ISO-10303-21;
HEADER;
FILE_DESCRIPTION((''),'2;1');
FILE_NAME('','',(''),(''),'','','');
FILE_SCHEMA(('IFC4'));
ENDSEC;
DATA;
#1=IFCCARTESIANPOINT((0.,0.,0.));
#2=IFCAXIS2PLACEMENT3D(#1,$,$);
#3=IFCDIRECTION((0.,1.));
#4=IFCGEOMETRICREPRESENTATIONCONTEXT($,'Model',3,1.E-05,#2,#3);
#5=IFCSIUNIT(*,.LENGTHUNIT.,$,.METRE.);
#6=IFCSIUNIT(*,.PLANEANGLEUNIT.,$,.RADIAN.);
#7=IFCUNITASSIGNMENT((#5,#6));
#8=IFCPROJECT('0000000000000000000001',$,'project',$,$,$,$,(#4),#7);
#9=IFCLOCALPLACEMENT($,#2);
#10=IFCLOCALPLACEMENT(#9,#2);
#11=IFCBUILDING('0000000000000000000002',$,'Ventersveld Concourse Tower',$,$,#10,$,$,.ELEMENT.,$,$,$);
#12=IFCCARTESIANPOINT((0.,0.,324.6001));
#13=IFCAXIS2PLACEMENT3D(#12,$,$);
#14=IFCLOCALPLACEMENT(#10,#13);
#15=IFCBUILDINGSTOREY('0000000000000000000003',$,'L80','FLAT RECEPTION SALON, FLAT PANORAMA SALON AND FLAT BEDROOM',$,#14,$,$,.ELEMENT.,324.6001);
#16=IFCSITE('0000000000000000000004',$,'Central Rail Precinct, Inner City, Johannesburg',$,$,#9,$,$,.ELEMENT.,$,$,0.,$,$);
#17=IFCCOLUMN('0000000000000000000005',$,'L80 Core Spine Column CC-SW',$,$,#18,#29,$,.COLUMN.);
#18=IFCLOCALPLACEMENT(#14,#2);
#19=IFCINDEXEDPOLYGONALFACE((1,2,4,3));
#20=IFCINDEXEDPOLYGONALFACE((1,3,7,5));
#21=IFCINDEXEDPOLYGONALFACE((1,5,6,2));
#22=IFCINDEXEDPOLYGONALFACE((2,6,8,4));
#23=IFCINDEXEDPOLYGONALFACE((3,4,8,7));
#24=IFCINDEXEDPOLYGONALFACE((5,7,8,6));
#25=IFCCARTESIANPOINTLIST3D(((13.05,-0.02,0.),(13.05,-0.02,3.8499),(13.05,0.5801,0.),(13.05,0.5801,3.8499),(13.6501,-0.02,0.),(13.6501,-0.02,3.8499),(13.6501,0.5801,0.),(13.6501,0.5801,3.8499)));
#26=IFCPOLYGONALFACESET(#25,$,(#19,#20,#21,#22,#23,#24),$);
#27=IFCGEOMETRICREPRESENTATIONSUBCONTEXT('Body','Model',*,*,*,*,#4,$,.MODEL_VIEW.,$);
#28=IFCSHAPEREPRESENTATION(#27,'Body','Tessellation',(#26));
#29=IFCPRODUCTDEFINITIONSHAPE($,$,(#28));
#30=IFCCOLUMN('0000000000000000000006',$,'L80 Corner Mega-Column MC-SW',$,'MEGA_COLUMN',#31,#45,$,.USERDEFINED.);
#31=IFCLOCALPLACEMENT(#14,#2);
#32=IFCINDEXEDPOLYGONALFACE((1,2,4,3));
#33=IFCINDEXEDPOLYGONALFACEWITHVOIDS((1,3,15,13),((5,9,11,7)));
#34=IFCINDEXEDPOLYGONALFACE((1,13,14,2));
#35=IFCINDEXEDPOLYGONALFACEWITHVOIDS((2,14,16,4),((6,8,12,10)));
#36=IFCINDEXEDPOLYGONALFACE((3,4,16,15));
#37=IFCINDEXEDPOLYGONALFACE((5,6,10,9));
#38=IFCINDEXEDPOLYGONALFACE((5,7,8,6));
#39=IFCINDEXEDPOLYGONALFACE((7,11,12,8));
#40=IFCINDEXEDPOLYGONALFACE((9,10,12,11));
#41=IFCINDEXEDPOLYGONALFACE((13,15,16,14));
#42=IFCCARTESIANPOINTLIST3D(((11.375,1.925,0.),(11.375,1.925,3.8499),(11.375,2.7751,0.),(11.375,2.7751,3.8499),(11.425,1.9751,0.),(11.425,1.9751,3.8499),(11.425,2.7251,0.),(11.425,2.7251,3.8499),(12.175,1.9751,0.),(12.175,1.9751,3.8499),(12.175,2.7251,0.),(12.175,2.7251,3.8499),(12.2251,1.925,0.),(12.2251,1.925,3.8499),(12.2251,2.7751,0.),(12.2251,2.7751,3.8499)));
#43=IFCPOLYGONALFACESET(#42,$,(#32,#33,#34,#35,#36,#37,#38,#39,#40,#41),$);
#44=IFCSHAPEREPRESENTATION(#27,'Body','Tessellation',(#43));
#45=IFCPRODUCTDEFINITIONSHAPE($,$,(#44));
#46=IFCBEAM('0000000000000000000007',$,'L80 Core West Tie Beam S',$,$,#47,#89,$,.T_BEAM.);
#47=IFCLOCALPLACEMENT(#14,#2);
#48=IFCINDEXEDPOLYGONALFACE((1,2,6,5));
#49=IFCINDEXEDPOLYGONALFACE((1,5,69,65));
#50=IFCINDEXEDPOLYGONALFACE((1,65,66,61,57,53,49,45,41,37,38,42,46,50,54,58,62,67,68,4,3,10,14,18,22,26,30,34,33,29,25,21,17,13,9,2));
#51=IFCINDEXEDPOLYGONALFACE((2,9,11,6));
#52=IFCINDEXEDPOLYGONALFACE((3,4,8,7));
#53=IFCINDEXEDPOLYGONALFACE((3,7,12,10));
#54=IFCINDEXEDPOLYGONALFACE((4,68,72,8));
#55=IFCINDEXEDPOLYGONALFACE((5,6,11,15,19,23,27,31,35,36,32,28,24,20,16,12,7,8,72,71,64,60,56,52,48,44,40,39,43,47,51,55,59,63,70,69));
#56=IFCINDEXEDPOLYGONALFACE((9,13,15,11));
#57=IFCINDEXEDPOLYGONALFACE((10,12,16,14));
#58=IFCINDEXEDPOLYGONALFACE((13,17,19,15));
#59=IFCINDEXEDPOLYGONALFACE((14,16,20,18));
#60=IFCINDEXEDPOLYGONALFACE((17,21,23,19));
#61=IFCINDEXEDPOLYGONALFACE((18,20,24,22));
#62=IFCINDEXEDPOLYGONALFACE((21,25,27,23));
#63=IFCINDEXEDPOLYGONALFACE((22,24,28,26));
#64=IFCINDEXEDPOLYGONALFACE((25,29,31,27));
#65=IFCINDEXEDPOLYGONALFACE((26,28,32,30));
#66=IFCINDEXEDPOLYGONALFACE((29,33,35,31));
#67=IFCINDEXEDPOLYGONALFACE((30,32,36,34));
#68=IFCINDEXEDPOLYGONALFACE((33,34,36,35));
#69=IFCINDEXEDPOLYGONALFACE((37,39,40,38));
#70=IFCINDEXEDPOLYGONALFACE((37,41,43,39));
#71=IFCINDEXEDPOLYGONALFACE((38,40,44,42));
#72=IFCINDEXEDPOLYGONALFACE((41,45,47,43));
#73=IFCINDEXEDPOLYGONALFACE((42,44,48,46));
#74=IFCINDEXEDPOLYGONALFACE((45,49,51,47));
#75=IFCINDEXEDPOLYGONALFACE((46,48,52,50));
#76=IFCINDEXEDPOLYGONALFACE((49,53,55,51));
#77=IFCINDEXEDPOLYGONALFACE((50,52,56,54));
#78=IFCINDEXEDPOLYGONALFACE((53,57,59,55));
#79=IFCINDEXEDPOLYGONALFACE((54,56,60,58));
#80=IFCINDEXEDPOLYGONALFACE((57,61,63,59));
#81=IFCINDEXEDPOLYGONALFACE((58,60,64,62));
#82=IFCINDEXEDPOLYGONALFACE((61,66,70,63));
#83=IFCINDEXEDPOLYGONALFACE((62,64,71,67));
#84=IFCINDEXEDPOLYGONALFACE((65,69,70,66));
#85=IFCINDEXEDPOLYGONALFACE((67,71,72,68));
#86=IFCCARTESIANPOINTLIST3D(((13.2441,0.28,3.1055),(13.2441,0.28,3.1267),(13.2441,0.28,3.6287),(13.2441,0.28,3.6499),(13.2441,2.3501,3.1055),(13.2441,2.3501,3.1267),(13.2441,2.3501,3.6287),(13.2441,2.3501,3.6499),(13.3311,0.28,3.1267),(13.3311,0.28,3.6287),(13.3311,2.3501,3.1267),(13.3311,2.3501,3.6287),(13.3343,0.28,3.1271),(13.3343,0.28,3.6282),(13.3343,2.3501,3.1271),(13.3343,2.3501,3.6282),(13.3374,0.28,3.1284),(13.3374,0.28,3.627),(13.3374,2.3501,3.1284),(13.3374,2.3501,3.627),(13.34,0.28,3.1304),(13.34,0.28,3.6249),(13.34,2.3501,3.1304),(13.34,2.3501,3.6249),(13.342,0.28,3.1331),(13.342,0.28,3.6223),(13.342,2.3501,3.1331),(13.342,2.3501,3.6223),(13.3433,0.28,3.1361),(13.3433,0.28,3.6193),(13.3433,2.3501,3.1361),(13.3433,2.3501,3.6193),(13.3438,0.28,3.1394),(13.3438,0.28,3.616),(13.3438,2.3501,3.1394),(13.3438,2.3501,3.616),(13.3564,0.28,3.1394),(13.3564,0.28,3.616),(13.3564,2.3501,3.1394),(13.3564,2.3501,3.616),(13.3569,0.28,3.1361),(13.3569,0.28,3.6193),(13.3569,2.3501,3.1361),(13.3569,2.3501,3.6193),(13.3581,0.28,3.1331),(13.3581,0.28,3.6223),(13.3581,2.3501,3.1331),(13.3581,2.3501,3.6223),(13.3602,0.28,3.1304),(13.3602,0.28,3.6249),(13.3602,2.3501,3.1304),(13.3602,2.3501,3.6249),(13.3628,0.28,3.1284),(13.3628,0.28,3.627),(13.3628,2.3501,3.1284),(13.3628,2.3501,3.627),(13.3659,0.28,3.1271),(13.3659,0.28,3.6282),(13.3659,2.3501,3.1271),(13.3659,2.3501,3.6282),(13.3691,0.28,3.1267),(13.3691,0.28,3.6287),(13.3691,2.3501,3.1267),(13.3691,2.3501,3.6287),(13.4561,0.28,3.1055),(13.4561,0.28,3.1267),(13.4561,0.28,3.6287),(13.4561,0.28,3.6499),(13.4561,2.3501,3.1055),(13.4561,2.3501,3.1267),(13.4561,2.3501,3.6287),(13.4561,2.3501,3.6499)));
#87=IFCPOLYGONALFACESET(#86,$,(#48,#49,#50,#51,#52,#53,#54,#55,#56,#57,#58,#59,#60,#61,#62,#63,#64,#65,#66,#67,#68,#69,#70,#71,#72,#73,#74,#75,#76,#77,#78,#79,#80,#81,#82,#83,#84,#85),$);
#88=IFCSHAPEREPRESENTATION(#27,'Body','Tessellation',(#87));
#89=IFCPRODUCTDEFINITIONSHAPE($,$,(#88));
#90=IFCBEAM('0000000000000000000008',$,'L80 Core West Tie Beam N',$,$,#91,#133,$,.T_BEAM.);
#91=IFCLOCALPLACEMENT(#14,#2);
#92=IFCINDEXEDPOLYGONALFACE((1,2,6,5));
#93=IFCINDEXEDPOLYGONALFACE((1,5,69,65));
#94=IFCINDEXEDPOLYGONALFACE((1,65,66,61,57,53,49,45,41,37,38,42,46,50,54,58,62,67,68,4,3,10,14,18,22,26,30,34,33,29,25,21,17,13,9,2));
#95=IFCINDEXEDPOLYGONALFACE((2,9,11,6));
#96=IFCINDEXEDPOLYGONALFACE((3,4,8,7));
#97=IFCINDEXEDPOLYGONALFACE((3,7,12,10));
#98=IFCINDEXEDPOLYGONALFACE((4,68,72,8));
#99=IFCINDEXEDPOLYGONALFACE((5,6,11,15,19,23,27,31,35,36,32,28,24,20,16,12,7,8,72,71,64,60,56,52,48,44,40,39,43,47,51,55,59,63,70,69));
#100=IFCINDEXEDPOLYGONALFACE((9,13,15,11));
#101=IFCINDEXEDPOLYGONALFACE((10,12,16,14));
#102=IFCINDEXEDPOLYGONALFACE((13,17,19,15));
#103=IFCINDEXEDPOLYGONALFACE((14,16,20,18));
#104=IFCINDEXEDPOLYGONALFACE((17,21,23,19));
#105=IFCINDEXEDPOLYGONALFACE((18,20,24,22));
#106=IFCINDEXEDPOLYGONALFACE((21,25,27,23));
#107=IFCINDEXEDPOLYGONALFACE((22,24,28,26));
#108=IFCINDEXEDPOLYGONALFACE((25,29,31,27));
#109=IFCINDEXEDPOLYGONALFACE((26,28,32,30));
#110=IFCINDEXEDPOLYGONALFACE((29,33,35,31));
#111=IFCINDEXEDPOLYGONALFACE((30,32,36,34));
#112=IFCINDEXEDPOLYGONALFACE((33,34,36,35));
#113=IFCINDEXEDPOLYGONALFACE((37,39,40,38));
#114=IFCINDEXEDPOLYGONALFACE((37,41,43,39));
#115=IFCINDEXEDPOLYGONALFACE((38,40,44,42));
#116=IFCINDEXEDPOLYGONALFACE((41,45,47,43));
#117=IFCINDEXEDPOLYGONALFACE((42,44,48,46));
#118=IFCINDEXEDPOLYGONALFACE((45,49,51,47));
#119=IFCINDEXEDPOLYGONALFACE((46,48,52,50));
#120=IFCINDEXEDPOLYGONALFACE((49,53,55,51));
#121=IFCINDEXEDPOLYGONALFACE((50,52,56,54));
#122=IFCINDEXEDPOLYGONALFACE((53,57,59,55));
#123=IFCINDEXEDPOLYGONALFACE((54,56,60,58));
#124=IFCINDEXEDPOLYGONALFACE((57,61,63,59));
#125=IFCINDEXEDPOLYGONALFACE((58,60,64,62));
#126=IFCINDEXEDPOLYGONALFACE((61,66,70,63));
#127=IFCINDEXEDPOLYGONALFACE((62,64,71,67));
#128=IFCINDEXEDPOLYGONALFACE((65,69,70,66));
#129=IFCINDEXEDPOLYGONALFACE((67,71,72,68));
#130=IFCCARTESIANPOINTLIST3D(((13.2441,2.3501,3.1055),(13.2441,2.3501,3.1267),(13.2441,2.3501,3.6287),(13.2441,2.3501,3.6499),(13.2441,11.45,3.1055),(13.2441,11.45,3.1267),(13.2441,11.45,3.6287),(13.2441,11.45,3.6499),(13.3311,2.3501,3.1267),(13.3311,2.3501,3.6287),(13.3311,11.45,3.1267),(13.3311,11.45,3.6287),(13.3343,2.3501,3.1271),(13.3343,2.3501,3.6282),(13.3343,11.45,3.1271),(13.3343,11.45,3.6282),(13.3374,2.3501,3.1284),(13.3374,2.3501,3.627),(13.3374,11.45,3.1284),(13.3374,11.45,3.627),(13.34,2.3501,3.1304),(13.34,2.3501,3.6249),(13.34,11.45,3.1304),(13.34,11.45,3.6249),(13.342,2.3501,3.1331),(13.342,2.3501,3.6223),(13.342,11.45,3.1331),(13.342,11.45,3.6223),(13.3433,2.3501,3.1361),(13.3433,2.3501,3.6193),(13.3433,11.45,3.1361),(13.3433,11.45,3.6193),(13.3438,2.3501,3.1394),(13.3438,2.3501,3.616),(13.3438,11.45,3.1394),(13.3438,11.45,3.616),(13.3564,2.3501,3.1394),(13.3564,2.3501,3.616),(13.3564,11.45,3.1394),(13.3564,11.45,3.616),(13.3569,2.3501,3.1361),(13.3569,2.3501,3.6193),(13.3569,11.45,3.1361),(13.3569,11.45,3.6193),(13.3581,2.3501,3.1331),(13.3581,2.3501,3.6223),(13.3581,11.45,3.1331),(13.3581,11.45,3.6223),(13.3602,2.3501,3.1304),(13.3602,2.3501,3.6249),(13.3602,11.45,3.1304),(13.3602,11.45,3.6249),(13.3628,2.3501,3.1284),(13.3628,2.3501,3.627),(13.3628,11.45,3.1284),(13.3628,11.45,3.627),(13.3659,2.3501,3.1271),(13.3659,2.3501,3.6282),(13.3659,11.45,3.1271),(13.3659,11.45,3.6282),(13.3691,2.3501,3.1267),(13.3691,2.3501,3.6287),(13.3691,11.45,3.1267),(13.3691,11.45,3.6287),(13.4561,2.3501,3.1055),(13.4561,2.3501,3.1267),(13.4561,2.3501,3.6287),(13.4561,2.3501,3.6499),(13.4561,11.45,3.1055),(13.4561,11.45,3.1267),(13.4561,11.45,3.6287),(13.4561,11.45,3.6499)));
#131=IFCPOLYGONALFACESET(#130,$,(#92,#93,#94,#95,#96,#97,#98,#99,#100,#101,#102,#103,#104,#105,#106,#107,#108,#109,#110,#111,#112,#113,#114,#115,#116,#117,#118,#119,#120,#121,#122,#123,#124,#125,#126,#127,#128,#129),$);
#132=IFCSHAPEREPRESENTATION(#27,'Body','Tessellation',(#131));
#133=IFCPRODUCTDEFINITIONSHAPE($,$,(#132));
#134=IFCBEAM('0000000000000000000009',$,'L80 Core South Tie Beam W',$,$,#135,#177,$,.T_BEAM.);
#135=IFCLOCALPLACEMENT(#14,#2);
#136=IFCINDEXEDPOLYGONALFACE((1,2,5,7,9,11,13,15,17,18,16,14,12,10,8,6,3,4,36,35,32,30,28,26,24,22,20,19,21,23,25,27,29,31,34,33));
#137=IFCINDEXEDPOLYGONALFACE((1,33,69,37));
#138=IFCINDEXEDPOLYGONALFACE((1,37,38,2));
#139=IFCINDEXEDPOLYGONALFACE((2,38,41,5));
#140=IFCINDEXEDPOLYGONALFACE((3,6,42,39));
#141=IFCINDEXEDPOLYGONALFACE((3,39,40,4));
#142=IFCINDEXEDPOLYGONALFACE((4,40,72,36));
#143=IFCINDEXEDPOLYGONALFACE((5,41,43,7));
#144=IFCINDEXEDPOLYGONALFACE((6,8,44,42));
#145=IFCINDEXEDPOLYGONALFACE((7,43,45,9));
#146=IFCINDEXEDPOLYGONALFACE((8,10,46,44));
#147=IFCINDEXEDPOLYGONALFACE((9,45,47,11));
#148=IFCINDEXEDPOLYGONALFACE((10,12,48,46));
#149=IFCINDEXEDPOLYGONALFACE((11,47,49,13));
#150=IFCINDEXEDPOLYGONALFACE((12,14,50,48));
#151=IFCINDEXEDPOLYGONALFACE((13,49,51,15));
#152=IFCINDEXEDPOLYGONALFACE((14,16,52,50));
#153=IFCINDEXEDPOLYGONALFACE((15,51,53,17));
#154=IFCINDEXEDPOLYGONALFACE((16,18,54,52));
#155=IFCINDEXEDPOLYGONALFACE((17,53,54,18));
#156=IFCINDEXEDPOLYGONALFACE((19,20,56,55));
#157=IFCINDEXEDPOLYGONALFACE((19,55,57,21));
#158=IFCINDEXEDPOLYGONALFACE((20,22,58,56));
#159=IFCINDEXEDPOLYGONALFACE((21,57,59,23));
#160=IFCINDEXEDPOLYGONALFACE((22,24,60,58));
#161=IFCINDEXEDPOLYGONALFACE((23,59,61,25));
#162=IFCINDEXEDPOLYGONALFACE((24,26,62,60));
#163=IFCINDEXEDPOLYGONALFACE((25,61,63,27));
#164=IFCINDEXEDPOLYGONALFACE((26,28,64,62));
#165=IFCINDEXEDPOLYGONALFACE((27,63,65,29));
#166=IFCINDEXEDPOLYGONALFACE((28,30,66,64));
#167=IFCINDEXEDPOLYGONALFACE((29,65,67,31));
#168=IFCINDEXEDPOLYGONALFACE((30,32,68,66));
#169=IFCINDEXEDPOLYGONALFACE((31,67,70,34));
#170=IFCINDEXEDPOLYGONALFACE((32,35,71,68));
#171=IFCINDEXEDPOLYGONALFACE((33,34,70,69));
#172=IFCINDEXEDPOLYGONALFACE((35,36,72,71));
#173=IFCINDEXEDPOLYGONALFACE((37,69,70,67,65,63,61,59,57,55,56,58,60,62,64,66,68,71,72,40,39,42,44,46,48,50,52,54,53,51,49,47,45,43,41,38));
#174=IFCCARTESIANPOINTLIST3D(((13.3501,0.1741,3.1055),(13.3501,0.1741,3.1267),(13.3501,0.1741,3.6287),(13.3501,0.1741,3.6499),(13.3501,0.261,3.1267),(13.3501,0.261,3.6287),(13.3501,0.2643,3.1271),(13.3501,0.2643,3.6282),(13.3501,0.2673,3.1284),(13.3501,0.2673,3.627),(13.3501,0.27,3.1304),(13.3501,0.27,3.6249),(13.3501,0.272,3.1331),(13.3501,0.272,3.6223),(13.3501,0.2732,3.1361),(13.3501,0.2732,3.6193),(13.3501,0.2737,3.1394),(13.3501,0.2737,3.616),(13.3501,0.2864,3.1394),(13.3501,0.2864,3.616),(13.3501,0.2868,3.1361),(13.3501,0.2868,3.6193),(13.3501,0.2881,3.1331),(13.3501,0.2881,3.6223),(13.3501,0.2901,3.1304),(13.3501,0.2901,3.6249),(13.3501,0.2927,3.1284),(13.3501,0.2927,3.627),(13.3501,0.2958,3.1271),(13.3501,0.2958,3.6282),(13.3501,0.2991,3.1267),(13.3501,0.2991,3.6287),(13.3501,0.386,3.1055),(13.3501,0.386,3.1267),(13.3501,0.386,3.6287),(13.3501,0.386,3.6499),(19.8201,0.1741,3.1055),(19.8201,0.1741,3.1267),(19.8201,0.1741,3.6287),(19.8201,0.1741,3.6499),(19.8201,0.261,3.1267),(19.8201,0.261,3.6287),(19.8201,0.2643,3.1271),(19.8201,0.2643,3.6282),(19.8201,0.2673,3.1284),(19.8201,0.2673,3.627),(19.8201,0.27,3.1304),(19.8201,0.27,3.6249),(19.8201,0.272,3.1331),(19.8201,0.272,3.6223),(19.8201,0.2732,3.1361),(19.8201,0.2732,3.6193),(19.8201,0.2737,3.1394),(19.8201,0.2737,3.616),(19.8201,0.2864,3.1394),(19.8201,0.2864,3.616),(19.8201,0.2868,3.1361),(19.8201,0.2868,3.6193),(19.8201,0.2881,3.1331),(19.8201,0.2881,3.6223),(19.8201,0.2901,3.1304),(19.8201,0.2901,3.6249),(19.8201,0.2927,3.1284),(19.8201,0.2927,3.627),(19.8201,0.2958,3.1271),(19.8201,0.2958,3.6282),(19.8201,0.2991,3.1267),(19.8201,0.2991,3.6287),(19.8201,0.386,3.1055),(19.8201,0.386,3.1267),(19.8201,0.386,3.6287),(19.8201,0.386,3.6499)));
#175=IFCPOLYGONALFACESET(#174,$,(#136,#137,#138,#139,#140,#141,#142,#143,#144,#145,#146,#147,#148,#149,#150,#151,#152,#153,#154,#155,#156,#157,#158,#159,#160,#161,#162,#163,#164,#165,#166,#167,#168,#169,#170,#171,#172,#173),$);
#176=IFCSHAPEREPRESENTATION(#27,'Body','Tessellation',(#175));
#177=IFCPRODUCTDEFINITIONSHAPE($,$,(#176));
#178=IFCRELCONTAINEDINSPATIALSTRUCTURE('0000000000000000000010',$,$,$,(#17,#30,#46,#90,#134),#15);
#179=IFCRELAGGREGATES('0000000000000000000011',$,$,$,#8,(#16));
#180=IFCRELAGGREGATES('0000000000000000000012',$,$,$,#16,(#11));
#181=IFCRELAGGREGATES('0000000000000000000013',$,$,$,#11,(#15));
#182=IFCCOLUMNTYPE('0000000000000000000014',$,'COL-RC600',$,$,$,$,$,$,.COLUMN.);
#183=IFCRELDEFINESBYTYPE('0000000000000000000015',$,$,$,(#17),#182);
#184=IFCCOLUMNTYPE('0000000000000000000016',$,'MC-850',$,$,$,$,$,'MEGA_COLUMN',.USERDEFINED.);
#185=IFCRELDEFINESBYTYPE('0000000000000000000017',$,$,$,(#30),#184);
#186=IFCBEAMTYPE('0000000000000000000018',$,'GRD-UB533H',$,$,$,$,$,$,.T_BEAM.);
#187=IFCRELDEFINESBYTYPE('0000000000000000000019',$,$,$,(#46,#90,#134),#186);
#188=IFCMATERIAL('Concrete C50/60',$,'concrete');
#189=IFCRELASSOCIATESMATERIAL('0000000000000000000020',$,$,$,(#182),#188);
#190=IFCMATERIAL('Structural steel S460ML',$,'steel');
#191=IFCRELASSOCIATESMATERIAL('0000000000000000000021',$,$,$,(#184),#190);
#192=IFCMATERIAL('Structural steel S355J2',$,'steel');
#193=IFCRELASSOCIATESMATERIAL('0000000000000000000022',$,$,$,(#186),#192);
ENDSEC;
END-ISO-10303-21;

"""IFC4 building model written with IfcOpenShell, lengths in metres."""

from ifc_helpers import new_model, si_unit, direction, frame, origin, origin_2d, place, context, subcontext, project, spatial, rectangle, hollow_rectangle, i_section, extrude, material, material_profile, profile_set, type_object, element, save


model = new_model("IFC4")

# Units and contexts
model_context = context("Model", 3, precision=1e-05, world=origin(), true_north=direction((0.0, 1.0)))
body_context = subcontext(model_context, "Body", "Model", "MODEL_VIEW")
ifc_project = project(units=[si_unit("LENGTHUNIT", "METRE"), si_unit("PLANEANGLEUNIT", "RADIAN")], contexts=[model_context])

# Site, building, storey
site_placement = place(None, origin())
site = spatial("IfcSite", under=ifc_project, at=site_placement, Name="Central Rail Precinct, Inner City, Johannesburg", CompositionType="ELEMENT", RefElevation=0.0)
building_placement = place(site_placement, origin())
building = spatial("IfcBuilding", under=site, at=building_placement, Name="Ventersveld Concourse Tower", CompositionType="ELEMENT")
storey_placement = place(building_placement, frame((0.0, 0.0, 324.6001)))
storey = spatial("IfcBuildingStorey", under=building, at=storey_placement, Name="L80", Description="FLAT RECEPTION SALON, FLAT PANORAMA SALON AND FLAT BEDROOM", CompositionType="ELEMENT", Elevation=324.6001)

# Columns
ifc_material_1 = material(Name="Concrete C50/60", Category="concrete")
ifc_material_profile_1 = material_profile(ifc_material_1, rectangle(XDim=0.6001, YDim=0.6001, at=origin_2d()), Name="RC 600x600")
ifc_profile_set_1 = profile_set([ifc_material_profile_1], Name="Concrete C50/60")
column_type_1 = type_object("IfcColumnType", Name="COL-RC600", PredefinedType="COLUMN", material=ifc_profile_set_1)
column_1_placement = place(storey_placement, frame((13.3501, 0.28, 0.0), z_axis=(0.0, 0.0, 1.0), x_axis=(1.0, 0.0, 0.0)))
element("IfcColumn", 1, at=column_1_placement, inside=storey, type_object=column_type_1, Name="L80 Core Spine Column CC-SW", PredefinedType="COLUMN", context=body_context, shape_type="SweptSolid", body=[
    extrude(rectangle(XDim=0.6001, YDim=0.6001, at=origin_2d()), origin(), (0.0, 0.0, 1.0), 3.8499),
])
ifc_material_2 = material(Name="Structural steel S460ML", Category="steel")
ifc_material_profile_2 = material_profile(ifc_material_2, hollow_rectangle(XDim=0.8501, YDim=0.8501, WallThickness=0.05, at=origin_2d()), Name="BOX 850x850x50")
ifc_profile_set_2 = profile_set([ifc_material_profile_2], Name="Structural steel S460ML")
column_type_2 = type_object("IfcColumnType", Name="MC-850", ElementType="MEGA_COLUMN", PredefinedType="USERDEFINED", material=ifc_profile_set_2)
column_2_placement = place(storey_placement, frame((11.8, 2.3501, 0.0), z_axis=(0.0, 0.0, 1.0), x_axis=(1.0, 0.0, 0.0)))
element("IfcColumn", 2, at=column_2_placement, inside=storey, type_object=column_type_2, Name="L80 Corner Mega-Column MC-SW", ObjectType="MEGA_COLUMN", PredefinedType="USERDEFINED", context=body_context, shape_type="SweptSolid", body=[
    extrude(hollow_rectangle(XDim=0.8501, YDim=0.8501, WallThickness=0.05, at=origin_2d()), origin(), (0.0, 0.0, 1.0), 3.8499),
])

# Beams
ifc_material_3 = material(Name="Structural steel S355J2", Category="steel")
ifc_material_profile_3 = material_profile(ifc_material_3, i_section(OverallWidth=0.2119, OverallDepth=0.5444, WebThickness=0.0127, FlangeThickness=0.0212, FilletRadius=0.0127, at=origin_2d()), Name="UB 533x210x122")
ifc_profile_set_3 = profile_set([ifc_material_profile_3], Name="Structural steel S355J2")
beam_type_1 = type_object("IfcBeamType", Name="GRD-UB533H", PredefinedType="T_BEAM", material=ifc_profile_set_3)
beam_1_placement = place(storey_placement, frame((13.3501, 0.28, 3.3777), z_axis=(0.0, 1.0, 0.0), x_axis=(-1.0, 0.0, 0.0)))
element("IfcBeam", 3, at=beam_1_placement, inside=storey, type_object=beam_type_1, Name="L80 Core West Tie Beam S", PredefinedType="T_BEAM", context=body_context, shape_type="SweptSolid", body=[
    extrude(i_section(OverallWidth=0.2119, OverallDepth=0.5444, WebThickness=0.0127, FlangeThickness=0.0212, FilletRadius=0.0127, at=origin_2d()), origin(), (0.0, 0.0, 1.0), 2.0701),
])
beam_2_placement = place(storey_placement, frame((13.3501, 2.3501, 3.3777), z_axis=(0.0, 1.0, 0.0), x_axis=(-1.0, 0.0, 0.0)))
element("IfcBeam", 4, at=beam_2_placement, inside=storey, type_object=beam_type_1, Name="L80 Core West Tie Beam N", PredefinedType="T_BEAM", context=body_context, shape_type="SweptSolid", body=[
    extrude(i_section(OverallWidth=0.2119, OverallDepth=0.5444, WebThickness=0.0127, FlangeThickness=0.0212, FilletRadius=0.0127, at=origin_2d()), origin(), (0.0, 0.0, 1.0), 9.0999),
])
beam_3_placement = place(storey_placement, frame((13.3501, 0.28, 3.3777), z_axis=(1.0, 0.0, 0.0), x_axis=(0.0, 1.0, 0.0)))
element("IfcBeam", 5, at=beam_3_placement, inside=storey, type_object=beam_type_1, Name="L80 Core South Tie Beam W", PredefinedType="T_BEAM", context=body_context, shape_type="SweptSolid", body=[
    extrude(i_section(OverallWidth=0.2119, OverallDepth=0.5444, WebThickness=0.0127, FlangeThickness=0.0212, FilletRadius=0.0127, at=origin_2d()), origin(), (0.0, 0.0, 1.0), 6.47),
])

save(model, "model.ifc")
